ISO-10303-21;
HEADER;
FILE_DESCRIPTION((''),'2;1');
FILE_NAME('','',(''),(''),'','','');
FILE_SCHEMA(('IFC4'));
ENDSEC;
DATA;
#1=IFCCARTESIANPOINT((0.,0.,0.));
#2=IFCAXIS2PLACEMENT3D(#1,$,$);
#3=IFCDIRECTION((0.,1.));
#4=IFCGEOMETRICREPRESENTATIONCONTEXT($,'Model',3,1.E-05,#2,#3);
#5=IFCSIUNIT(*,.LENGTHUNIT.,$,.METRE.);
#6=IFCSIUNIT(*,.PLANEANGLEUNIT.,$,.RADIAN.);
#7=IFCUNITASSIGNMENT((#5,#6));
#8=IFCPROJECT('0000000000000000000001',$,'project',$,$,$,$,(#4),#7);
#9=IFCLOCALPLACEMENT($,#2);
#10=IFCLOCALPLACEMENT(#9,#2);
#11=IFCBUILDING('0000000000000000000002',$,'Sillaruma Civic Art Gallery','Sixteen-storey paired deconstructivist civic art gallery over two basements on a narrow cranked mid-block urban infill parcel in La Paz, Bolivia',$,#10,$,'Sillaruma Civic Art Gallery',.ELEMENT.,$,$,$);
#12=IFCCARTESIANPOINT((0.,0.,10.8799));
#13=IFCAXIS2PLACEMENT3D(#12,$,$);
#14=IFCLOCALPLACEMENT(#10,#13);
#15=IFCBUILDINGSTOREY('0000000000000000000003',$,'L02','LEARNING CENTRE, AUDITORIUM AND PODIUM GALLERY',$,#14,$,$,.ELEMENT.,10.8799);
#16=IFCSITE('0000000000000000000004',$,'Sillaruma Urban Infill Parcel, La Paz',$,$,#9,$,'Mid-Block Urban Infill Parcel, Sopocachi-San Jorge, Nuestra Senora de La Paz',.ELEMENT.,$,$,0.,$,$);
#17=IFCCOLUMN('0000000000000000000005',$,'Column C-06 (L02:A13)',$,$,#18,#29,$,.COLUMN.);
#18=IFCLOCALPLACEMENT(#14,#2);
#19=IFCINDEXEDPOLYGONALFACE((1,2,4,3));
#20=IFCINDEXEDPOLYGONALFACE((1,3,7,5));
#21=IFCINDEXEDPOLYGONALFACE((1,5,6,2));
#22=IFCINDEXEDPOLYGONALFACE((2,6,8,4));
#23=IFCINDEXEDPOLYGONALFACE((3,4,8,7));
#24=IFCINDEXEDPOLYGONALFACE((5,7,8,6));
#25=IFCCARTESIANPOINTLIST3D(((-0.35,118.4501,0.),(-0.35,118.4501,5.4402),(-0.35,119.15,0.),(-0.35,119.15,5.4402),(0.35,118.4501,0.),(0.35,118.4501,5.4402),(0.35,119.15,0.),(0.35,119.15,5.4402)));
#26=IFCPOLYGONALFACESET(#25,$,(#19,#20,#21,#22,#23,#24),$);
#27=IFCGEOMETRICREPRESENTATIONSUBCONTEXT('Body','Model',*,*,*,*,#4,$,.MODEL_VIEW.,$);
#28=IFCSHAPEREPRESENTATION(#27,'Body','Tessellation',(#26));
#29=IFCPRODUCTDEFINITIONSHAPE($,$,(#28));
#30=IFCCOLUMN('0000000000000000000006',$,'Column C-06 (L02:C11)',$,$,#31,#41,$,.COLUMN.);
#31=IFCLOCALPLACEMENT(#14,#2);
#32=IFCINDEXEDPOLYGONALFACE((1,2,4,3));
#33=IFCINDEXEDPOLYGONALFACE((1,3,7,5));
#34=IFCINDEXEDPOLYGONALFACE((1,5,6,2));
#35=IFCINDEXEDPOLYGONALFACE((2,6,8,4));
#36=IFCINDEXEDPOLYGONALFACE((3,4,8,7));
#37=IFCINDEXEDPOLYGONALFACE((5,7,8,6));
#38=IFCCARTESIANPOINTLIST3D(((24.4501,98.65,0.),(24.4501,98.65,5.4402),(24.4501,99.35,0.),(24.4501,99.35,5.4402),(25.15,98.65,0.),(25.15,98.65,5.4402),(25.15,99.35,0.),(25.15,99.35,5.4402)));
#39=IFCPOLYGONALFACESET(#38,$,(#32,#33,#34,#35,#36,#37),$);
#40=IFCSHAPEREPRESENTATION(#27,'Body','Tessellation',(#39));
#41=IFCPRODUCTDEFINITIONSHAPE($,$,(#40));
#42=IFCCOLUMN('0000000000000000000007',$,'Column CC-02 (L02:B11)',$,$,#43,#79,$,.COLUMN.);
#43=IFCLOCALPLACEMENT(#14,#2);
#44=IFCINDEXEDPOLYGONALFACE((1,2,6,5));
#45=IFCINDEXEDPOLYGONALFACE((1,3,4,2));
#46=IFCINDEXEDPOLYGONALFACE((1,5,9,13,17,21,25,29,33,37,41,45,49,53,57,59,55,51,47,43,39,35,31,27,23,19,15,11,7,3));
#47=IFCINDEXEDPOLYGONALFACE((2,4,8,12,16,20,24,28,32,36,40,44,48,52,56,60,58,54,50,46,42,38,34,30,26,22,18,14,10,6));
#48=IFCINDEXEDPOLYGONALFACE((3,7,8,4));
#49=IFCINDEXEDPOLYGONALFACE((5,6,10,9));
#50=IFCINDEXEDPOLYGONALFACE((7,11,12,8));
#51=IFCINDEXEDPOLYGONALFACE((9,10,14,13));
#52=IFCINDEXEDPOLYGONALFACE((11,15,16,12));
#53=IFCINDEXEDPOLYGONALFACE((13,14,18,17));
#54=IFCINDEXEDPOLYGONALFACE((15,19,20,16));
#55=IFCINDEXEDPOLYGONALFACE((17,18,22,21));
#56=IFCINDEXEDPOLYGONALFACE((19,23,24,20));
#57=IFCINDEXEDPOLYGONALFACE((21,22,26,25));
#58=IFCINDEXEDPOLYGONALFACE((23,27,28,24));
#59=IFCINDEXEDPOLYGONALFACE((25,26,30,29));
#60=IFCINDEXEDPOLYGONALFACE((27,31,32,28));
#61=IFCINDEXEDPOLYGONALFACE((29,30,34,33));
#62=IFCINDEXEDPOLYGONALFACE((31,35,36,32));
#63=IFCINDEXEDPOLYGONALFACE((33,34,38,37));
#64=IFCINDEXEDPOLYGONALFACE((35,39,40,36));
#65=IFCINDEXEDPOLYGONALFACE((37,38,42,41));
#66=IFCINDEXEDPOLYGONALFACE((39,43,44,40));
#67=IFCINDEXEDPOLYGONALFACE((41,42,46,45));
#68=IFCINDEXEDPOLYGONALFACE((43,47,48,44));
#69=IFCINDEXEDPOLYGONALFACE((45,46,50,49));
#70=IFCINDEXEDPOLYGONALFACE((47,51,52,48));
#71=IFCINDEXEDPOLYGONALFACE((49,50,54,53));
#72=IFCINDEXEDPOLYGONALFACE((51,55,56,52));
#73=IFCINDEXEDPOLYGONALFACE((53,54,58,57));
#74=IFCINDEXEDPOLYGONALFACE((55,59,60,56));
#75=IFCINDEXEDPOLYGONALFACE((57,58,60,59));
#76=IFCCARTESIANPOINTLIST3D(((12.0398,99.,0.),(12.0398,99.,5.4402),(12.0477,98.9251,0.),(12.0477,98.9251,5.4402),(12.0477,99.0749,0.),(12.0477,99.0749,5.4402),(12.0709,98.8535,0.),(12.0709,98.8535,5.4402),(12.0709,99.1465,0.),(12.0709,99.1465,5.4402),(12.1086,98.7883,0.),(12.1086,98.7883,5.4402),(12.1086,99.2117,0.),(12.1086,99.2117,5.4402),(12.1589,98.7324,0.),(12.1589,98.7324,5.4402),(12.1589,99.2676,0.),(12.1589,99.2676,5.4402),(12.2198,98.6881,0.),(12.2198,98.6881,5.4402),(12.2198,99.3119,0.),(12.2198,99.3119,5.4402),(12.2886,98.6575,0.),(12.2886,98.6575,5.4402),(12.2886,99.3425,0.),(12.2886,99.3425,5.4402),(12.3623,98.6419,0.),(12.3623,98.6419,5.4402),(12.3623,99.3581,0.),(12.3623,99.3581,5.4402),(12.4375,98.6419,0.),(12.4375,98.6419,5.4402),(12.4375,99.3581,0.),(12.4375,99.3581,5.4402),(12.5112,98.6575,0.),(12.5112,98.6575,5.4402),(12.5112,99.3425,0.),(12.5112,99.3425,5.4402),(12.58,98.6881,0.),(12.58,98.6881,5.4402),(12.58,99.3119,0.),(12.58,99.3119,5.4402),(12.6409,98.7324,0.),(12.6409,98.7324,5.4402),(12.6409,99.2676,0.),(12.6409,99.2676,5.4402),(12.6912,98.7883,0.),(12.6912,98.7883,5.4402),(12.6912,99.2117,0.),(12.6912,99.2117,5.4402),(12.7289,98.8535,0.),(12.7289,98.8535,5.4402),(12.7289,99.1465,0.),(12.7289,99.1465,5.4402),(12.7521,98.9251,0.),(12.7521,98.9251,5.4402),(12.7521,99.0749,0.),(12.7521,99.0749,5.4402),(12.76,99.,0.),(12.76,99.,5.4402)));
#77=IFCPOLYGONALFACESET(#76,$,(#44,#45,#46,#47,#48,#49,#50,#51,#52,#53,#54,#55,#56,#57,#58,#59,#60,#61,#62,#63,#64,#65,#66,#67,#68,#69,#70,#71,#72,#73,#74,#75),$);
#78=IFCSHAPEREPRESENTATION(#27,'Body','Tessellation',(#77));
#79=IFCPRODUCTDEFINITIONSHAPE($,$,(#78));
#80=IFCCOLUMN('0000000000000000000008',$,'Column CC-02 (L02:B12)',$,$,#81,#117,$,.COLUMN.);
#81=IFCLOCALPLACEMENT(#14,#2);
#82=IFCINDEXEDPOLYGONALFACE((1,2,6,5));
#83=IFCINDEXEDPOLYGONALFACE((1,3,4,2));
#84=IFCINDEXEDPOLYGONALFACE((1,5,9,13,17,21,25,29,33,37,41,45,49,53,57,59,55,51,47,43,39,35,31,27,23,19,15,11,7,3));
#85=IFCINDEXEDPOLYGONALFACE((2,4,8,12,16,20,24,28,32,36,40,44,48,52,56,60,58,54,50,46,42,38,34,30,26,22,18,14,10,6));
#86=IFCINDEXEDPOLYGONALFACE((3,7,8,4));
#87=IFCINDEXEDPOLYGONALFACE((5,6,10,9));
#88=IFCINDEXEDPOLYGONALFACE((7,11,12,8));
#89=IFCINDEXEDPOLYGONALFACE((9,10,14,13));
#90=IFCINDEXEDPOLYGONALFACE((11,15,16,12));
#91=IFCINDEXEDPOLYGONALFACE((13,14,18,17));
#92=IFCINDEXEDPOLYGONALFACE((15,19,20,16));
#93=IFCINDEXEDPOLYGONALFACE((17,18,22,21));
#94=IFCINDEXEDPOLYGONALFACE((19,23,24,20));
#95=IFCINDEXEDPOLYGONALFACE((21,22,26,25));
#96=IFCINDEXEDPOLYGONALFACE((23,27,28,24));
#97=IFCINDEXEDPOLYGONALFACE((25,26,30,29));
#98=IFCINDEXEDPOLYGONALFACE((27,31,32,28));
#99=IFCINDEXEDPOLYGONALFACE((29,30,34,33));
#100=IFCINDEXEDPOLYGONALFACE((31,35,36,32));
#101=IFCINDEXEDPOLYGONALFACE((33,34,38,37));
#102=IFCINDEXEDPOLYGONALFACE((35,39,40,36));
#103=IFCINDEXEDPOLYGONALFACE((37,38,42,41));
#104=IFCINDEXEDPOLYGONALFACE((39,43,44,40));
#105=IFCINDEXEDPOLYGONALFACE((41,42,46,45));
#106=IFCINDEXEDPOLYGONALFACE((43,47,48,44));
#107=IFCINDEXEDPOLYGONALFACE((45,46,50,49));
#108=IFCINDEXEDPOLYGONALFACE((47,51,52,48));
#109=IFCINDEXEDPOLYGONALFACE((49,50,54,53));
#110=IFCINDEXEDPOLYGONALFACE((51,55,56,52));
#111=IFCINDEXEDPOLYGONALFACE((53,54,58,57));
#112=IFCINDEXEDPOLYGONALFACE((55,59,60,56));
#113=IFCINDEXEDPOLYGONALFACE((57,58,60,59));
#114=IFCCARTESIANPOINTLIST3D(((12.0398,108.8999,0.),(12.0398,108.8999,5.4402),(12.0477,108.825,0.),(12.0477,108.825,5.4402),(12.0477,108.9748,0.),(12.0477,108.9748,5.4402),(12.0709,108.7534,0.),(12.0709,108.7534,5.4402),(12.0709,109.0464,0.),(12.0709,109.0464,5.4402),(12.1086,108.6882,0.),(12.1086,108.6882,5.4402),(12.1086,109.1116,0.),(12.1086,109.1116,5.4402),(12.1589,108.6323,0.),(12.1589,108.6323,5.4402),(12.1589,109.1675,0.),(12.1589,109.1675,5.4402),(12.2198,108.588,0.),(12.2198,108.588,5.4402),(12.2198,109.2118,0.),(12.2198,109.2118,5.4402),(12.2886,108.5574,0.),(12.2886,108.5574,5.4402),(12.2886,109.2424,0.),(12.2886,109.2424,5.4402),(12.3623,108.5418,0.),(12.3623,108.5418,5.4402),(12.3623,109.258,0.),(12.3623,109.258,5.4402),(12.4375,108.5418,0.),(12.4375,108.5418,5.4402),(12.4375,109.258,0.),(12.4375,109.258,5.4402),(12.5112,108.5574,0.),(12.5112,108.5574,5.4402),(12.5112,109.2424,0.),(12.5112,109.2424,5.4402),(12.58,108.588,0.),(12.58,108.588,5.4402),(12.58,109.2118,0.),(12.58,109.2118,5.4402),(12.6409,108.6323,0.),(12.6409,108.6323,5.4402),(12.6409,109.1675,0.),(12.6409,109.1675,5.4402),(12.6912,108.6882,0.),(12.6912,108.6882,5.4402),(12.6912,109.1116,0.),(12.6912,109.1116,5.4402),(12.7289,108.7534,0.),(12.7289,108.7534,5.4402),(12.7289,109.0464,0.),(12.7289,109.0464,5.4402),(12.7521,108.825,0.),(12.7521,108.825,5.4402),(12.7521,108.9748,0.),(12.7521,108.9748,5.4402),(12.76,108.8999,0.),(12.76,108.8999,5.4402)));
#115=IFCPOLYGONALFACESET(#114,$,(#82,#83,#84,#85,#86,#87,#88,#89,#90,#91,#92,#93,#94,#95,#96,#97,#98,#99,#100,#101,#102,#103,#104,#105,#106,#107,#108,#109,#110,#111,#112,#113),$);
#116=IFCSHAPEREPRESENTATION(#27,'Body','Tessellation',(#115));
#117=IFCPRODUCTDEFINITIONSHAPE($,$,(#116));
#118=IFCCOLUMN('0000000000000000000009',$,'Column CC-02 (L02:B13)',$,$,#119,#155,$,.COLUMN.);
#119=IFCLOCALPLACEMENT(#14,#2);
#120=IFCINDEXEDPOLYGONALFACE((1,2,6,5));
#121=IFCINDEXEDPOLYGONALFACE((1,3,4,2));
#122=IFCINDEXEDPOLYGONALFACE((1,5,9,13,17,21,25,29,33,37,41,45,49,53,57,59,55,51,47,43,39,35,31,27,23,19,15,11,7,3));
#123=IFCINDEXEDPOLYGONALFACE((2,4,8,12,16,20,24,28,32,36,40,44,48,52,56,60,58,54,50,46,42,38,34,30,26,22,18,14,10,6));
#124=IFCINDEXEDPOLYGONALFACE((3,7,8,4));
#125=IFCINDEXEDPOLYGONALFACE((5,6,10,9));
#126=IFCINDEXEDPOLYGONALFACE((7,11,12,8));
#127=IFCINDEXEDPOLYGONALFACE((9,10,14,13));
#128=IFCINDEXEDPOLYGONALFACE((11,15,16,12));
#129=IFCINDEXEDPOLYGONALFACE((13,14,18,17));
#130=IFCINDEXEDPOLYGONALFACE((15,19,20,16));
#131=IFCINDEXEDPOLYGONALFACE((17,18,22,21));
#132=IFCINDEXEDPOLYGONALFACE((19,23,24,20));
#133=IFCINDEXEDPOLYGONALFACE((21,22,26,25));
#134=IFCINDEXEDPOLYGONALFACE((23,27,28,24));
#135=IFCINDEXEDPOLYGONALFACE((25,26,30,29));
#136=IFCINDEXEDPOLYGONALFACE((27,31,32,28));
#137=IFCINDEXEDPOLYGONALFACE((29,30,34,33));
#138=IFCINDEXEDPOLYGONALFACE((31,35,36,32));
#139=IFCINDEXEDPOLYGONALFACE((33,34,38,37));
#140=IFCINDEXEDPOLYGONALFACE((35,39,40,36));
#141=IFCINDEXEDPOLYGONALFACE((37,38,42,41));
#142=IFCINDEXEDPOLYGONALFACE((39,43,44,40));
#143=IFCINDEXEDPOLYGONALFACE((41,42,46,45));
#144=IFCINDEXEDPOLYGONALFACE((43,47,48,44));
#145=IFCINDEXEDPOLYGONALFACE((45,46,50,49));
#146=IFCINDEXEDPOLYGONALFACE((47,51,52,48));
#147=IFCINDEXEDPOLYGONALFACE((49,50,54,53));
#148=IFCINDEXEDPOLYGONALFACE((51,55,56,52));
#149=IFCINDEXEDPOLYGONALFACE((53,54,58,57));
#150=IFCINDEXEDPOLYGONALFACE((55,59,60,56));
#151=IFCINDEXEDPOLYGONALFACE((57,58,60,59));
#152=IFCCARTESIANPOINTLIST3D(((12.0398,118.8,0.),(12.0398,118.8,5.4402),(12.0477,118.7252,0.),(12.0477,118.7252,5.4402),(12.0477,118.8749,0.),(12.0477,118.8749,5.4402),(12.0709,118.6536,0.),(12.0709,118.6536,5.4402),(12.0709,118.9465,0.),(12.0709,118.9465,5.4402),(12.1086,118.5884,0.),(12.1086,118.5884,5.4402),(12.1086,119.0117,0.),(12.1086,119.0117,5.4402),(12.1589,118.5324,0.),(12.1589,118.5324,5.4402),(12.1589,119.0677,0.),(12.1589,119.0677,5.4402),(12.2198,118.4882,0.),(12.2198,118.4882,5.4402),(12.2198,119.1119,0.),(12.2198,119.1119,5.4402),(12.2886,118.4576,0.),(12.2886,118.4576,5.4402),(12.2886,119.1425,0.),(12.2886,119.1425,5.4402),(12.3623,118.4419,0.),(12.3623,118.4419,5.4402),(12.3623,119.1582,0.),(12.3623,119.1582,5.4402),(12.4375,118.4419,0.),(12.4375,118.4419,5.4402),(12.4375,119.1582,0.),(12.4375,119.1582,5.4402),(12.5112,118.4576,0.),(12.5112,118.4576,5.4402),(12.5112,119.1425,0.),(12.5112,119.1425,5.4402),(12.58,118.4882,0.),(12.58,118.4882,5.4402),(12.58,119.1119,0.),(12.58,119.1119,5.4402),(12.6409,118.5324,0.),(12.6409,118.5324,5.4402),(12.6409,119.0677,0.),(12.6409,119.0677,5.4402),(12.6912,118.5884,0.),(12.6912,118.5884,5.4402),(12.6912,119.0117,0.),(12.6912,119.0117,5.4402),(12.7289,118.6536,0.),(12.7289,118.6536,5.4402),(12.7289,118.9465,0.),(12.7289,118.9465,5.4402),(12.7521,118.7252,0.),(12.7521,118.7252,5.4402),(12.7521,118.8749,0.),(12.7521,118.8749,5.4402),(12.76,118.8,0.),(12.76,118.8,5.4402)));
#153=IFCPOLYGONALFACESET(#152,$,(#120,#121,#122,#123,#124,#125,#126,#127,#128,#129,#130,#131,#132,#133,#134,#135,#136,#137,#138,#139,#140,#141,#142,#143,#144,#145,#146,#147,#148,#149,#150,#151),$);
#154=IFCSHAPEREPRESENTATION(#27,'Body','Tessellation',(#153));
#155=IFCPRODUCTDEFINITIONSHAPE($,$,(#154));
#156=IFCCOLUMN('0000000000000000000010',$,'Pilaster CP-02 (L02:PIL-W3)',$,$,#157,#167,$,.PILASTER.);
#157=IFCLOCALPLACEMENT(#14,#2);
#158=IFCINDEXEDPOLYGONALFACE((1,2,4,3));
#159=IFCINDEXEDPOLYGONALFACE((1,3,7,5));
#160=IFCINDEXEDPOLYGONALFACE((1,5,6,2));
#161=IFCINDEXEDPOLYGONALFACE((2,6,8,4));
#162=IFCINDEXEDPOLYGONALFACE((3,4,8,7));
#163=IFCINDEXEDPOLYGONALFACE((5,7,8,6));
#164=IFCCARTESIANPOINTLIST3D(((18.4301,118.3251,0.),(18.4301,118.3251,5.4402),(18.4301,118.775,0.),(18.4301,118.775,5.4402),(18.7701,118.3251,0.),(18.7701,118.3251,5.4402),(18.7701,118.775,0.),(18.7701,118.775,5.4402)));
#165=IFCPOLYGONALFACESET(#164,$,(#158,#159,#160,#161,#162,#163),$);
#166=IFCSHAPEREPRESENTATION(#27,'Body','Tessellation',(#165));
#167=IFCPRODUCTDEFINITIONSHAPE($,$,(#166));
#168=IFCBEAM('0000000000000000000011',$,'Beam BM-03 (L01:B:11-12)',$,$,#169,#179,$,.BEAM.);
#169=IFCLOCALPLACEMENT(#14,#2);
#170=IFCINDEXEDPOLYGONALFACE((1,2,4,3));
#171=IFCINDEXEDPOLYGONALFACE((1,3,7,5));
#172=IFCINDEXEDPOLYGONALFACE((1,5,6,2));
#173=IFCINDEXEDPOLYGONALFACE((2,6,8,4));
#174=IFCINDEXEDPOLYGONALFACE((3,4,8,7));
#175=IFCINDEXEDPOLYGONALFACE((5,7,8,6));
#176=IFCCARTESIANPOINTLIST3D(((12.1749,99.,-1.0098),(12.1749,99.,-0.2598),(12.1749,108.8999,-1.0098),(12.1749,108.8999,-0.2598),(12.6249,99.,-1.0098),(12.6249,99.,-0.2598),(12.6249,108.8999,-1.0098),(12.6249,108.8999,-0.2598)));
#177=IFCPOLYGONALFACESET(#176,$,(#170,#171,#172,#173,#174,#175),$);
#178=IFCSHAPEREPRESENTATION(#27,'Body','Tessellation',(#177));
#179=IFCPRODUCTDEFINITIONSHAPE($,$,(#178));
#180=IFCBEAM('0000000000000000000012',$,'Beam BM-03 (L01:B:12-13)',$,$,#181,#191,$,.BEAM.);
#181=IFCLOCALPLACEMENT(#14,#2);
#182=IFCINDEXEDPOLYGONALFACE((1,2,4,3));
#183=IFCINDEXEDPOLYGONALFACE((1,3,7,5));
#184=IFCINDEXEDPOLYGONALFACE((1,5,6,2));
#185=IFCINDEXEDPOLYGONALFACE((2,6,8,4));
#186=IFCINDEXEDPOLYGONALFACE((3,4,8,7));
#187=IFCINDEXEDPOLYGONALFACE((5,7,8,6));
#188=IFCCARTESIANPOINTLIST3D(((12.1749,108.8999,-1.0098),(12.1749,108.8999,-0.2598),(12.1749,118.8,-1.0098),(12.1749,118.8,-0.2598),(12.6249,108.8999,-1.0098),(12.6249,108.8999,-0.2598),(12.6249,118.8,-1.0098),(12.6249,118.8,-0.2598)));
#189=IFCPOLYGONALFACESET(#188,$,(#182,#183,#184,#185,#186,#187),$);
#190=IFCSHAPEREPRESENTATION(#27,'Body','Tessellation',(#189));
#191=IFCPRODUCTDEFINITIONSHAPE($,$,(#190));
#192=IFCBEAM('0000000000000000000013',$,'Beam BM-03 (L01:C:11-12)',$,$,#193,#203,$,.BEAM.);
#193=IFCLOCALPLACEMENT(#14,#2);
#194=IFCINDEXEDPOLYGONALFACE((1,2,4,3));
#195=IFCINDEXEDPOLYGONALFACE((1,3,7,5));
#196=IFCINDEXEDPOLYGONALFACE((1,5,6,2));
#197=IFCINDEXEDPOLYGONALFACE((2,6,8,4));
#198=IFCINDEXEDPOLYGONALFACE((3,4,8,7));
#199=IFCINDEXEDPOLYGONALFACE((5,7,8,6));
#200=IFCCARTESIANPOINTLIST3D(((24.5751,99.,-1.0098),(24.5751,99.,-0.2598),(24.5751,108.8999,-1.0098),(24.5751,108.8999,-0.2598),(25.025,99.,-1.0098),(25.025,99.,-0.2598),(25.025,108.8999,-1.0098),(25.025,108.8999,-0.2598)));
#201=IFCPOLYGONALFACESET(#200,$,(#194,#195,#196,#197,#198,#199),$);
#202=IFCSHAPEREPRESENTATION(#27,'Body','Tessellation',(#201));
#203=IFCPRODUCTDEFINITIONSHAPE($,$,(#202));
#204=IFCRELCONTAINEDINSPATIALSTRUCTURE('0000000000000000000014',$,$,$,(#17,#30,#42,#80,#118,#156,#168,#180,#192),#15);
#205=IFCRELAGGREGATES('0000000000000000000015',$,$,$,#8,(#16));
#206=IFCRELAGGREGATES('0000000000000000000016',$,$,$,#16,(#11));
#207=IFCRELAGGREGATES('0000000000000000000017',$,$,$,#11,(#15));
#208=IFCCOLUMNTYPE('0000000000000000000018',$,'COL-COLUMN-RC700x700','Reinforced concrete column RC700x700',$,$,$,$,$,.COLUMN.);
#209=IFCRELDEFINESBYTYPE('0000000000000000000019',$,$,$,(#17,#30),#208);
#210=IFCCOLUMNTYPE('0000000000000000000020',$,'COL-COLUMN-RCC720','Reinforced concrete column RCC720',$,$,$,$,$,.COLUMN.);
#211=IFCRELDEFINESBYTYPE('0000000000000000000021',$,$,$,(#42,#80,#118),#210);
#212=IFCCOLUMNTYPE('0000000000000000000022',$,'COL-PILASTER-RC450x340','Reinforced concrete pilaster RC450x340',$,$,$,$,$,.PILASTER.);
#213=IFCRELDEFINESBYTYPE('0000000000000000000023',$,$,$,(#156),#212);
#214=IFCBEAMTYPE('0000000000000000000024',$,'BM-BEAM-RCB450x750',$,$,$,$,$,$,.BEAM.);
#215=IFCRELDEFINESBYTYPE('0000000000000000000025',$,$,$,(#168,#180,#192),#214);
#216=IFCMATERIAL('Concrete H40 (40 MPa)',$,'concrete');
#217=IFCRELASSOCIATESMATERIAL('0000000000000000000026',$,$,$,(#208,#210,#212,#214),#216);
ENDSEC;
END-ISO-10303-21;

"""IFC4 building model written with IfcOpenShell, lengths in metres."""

from ifc_helpers import new_model, si_unit, direction, frame, origin, origin_2d, place, context, subcontext, project, spatial, rectangle, circle, extrude, material, material_profile, profile_set, type_object, element, save


model = new_model("IFC4")

# Units and contexts
model_context = context("Model", 3, precision=1e-05, world=origin(), true_north=direction((0.0, 1.0)))
body_context = subcontext(model_context, "Body", "Model", "MODEL_VIEW")
ifc_project = project(units=[si_unit("LENGTHUNIT", "METRE"), si_unit("PLANEANGLEUNIT", "RADIAN")], contexts=[model_context])

# Site, building, storey
site_placement = place(None, origin())
site = spatial("IfcSite", under=ifc_project, at=site_placement, Name="Sillaruma Urban Infill Parcel, La Paz", LongName="Mid-Block Urban Infill Parcel, Sopocachi-San Jorge, Nuestra Senora de La Paz", CompositionType="ELEMENT", RefElevation=0.0)
building_placement = place(site_placement, origin())
building = spatial("IfcBuilding", under=site, at=building_placement, Name="Sillaruma Civic Art Gallery", Description="Sixteen-storey paired deconstructivist civic art gallery over two basements on a narrow cranked mid-block urban infill parcel in La Paz, Bolivia", LongName="Sillaruma Civic Art Gallery", CompositionType="ELEMENT")
storey_placement = place(building_placement, frame((0.0, 0.0, 10.8799)))
storey = spatial("IfcBuildingStorey", under=building, at=storey_placement, Name="L02", Description="LEARNING CENTRE, AUDITORIUM AND PODIUM GALLERY", CompositionType="ELEMENT", Elevation=10.8799)

# Columns
ifc_material_1 = material(Name="Concrete H40 (40 MPa)", Category="concrete")
ifc_material_profile_1 = material_profile(ifc_material_1, rectangle(XDim=0.7, YDim=0.7, at=origin_2d()), Name="RC700x700")
ifc_profile_set_1 = profile_set([ifc_material_profile_1], Name="Concrete H40 (40 MPa)")
column_type_1 = type_object("IfcColumnType", Name="COL-COLUMN-RC700x700", Description="Reinforced concrete column RC700x700", PredefinedType="COLUMN", material=ifc_profile_set_1)
for number, where, z_axis, x_axis, name in (
    (1, (0.0, 118.8, 0.0), (0.0, 0.0, 1.0), (1.0, 0.0, 0.0), "Column C-06 (L02:A13)"),
    (2, (24.8, 99.0, 0.0), (0.0, 0.0, 1.0), (1.0, 0.0, 0.0), "Column C-06 (L02:C11)"),
):
    element("IfcColumn", number, at=place(storey_placement, frame(where, z_axis=z_axis, x_axis=x_axis)), inside=storey, type_object=column_type_1, Name=name, PredefinedType="COLUMN", context=body_context, shape_type="SweptSolid", body=[
        extrude(rectangle(XDim=0.7, YDim=0.7, at=origin_2d()), origin(), (0.0, 0.0, 1.0), 5.4402),
    ])
ifc_material_profile_2 = material_profile(ifc_material_1, circle(Radius=0.3601, at=origin_2d()), Name="RCC720")
ifc_profile_set_2 = profile_set([ifc_material_profile_2], Name="Concrete H40 (40 MPa)")
column_type_2 = type_object("IfcColumnType", Name="COL-COLUMN-RCC720", Description="Reinforced concrete column RCC720", PredefinedType="COLUMN", material=ifc_profile_set_2)
for number, where, z_axis, x_axis, name in (
    (3, (12.3999, 99.0, 0.0), (0.0, 0.0, 1.0), (1.0, 0.0, 0.0), "Column CC-02 (L02:B11)"),
    (4, (12.3999, 108.8999, 0.0), (0.0, 0.0, 1.0), (1.0, 0.0, 0.0), "Column CC-02 (L02:B12)"),
    (5, (12.3999, 118.8, 0.0), (0.0, 0.0, 1.0), (1.0, 0.0, 0.0), "Column CC-02 (L02:B13)"),
):
    element("IfcColumn", number, at=place(storey_placement, frame(where, z_axis=z_axis, x_axis=x_axis)), inside=storey, type_object=column_type_2, Name=name, PredefinedType="COLUMN", context=body_context, shape_type="SweptSolid", body=[
        extrude(circle(Radius=0.3601, at=origin_2d()), origin(), (0.0, 0.0, 1.0), 5.4402),
    ])
ifc_material_profile_3 = material_profile(ifc_material_1, rectangle(XDim=0.3401, YDim=0.45, at=origin_2d()), Name="RC450x340")
ifc_profile_set_3 = profile_set([ifc_material_profile_3], Name="Concrete H40 (40 MPa)")
column_type_3 = type_object("IfcColumnType", Name="COL-PILASTER-RC450x340", Description="Reinforced concrete pilaster RC450x340", PredefinedType="PILASTER", material=ifc_profile_set_3)
column_placement = place(storey_placement, frame((18.6001, 118.55, 0.0), z_axis=(0.0, 0.0, 1.0), x_axis=(1.0, 0.0, 0.0)))
element("IfcColumn", 6, at=column_placement, inside=storey, type_object=column_type_3, Name="Pilaster CP-02 (L02:PIL-W3)", PredefinedType="PILASTER", context=body_context, shape_type="SweptSolid", body=[
    extrude(rectangle(XDim=0.3401, YDim=0.45, at=origin_2d()), origin(), (0.0, 0.0, 1.0), 5.4402),
])

# Beams
ifc_material_profile_4 = material_profile(ifc_material_1, rectangle(XDim=0.45, YDim=0.75, at=origin_2d()), Name="RCB450x750")
ifc_profile_set_4 = profile_set([ifc_material_profile_4], Name="Concrete H40 (40 MPa)")
beam_type_1 = type_object("IfcBeamType", Name="BM-BEAM-RCB450x750", PredefinedType="BEAM", material=ifc_profile_set_4)
beam_1_placement = place(storey_placement, frame((12.3999, 99.0, -0.6348), z_axis=(0.0, 1.0, 0.0), x_axis=(-1.0, 0.0, 0.0)))
element("IfcBeam", 7, at=beam_1_placement, inside=storey, type_object=beam_type_1, Name="Beam BM-03 (L01:B:11-12)", PredefinedType="BEAM", context=body_context, shape_type="SweptSolid", body=[
    extrude(rectangle(XDim=0.45, YDim=0.75, at=origin_2d()), origin(), (0.0, 0.0, 1.0), 9.8999),
])
beam_2_placement = place(storey_placement, frame((12.3999, 108.8999, -0.6348), z_axis=(0.0, 1.0, 0.0), x_axis=(-1.0, 0.0, 0.0)))
element("IfcBeam", 8, at=beam_2_placement, inside=storey, type_object=beam_type_1, Name="Beam BM-03 (L01:B:12-13)", PredefinedType="BEAM", context=body_context, shape_type="SweptSolid", body=[
    extrude(rectangle(XDim=0.45, YDim=0.75, at=origin_2d()), origin(), (0.0, 0.0, 1.0), 9.9001),
])
beam_3_placement = place(storey_placement, frame((24.8, 99.0, -0.6348), z_axis=(0.0, 1.0, 0.0), x_axis=(-1.0, 0.0, 0.0)))
element("IfcBeam", 9, at=beam_3_placement, inside=storey, type_object=beam_type_1, Name="Beam BM-03 (L01:C:11-12)", PredefinedType="BEAM", context=body_context, shape_type="SweptSolid", body=[
    extrude(rectangle(XDim=0.45, YDim=0.75, at=origin_2d()), origin(), (0.0, 0.0, 1.0), 9.8999),
])

save(model, "model.ifc")
